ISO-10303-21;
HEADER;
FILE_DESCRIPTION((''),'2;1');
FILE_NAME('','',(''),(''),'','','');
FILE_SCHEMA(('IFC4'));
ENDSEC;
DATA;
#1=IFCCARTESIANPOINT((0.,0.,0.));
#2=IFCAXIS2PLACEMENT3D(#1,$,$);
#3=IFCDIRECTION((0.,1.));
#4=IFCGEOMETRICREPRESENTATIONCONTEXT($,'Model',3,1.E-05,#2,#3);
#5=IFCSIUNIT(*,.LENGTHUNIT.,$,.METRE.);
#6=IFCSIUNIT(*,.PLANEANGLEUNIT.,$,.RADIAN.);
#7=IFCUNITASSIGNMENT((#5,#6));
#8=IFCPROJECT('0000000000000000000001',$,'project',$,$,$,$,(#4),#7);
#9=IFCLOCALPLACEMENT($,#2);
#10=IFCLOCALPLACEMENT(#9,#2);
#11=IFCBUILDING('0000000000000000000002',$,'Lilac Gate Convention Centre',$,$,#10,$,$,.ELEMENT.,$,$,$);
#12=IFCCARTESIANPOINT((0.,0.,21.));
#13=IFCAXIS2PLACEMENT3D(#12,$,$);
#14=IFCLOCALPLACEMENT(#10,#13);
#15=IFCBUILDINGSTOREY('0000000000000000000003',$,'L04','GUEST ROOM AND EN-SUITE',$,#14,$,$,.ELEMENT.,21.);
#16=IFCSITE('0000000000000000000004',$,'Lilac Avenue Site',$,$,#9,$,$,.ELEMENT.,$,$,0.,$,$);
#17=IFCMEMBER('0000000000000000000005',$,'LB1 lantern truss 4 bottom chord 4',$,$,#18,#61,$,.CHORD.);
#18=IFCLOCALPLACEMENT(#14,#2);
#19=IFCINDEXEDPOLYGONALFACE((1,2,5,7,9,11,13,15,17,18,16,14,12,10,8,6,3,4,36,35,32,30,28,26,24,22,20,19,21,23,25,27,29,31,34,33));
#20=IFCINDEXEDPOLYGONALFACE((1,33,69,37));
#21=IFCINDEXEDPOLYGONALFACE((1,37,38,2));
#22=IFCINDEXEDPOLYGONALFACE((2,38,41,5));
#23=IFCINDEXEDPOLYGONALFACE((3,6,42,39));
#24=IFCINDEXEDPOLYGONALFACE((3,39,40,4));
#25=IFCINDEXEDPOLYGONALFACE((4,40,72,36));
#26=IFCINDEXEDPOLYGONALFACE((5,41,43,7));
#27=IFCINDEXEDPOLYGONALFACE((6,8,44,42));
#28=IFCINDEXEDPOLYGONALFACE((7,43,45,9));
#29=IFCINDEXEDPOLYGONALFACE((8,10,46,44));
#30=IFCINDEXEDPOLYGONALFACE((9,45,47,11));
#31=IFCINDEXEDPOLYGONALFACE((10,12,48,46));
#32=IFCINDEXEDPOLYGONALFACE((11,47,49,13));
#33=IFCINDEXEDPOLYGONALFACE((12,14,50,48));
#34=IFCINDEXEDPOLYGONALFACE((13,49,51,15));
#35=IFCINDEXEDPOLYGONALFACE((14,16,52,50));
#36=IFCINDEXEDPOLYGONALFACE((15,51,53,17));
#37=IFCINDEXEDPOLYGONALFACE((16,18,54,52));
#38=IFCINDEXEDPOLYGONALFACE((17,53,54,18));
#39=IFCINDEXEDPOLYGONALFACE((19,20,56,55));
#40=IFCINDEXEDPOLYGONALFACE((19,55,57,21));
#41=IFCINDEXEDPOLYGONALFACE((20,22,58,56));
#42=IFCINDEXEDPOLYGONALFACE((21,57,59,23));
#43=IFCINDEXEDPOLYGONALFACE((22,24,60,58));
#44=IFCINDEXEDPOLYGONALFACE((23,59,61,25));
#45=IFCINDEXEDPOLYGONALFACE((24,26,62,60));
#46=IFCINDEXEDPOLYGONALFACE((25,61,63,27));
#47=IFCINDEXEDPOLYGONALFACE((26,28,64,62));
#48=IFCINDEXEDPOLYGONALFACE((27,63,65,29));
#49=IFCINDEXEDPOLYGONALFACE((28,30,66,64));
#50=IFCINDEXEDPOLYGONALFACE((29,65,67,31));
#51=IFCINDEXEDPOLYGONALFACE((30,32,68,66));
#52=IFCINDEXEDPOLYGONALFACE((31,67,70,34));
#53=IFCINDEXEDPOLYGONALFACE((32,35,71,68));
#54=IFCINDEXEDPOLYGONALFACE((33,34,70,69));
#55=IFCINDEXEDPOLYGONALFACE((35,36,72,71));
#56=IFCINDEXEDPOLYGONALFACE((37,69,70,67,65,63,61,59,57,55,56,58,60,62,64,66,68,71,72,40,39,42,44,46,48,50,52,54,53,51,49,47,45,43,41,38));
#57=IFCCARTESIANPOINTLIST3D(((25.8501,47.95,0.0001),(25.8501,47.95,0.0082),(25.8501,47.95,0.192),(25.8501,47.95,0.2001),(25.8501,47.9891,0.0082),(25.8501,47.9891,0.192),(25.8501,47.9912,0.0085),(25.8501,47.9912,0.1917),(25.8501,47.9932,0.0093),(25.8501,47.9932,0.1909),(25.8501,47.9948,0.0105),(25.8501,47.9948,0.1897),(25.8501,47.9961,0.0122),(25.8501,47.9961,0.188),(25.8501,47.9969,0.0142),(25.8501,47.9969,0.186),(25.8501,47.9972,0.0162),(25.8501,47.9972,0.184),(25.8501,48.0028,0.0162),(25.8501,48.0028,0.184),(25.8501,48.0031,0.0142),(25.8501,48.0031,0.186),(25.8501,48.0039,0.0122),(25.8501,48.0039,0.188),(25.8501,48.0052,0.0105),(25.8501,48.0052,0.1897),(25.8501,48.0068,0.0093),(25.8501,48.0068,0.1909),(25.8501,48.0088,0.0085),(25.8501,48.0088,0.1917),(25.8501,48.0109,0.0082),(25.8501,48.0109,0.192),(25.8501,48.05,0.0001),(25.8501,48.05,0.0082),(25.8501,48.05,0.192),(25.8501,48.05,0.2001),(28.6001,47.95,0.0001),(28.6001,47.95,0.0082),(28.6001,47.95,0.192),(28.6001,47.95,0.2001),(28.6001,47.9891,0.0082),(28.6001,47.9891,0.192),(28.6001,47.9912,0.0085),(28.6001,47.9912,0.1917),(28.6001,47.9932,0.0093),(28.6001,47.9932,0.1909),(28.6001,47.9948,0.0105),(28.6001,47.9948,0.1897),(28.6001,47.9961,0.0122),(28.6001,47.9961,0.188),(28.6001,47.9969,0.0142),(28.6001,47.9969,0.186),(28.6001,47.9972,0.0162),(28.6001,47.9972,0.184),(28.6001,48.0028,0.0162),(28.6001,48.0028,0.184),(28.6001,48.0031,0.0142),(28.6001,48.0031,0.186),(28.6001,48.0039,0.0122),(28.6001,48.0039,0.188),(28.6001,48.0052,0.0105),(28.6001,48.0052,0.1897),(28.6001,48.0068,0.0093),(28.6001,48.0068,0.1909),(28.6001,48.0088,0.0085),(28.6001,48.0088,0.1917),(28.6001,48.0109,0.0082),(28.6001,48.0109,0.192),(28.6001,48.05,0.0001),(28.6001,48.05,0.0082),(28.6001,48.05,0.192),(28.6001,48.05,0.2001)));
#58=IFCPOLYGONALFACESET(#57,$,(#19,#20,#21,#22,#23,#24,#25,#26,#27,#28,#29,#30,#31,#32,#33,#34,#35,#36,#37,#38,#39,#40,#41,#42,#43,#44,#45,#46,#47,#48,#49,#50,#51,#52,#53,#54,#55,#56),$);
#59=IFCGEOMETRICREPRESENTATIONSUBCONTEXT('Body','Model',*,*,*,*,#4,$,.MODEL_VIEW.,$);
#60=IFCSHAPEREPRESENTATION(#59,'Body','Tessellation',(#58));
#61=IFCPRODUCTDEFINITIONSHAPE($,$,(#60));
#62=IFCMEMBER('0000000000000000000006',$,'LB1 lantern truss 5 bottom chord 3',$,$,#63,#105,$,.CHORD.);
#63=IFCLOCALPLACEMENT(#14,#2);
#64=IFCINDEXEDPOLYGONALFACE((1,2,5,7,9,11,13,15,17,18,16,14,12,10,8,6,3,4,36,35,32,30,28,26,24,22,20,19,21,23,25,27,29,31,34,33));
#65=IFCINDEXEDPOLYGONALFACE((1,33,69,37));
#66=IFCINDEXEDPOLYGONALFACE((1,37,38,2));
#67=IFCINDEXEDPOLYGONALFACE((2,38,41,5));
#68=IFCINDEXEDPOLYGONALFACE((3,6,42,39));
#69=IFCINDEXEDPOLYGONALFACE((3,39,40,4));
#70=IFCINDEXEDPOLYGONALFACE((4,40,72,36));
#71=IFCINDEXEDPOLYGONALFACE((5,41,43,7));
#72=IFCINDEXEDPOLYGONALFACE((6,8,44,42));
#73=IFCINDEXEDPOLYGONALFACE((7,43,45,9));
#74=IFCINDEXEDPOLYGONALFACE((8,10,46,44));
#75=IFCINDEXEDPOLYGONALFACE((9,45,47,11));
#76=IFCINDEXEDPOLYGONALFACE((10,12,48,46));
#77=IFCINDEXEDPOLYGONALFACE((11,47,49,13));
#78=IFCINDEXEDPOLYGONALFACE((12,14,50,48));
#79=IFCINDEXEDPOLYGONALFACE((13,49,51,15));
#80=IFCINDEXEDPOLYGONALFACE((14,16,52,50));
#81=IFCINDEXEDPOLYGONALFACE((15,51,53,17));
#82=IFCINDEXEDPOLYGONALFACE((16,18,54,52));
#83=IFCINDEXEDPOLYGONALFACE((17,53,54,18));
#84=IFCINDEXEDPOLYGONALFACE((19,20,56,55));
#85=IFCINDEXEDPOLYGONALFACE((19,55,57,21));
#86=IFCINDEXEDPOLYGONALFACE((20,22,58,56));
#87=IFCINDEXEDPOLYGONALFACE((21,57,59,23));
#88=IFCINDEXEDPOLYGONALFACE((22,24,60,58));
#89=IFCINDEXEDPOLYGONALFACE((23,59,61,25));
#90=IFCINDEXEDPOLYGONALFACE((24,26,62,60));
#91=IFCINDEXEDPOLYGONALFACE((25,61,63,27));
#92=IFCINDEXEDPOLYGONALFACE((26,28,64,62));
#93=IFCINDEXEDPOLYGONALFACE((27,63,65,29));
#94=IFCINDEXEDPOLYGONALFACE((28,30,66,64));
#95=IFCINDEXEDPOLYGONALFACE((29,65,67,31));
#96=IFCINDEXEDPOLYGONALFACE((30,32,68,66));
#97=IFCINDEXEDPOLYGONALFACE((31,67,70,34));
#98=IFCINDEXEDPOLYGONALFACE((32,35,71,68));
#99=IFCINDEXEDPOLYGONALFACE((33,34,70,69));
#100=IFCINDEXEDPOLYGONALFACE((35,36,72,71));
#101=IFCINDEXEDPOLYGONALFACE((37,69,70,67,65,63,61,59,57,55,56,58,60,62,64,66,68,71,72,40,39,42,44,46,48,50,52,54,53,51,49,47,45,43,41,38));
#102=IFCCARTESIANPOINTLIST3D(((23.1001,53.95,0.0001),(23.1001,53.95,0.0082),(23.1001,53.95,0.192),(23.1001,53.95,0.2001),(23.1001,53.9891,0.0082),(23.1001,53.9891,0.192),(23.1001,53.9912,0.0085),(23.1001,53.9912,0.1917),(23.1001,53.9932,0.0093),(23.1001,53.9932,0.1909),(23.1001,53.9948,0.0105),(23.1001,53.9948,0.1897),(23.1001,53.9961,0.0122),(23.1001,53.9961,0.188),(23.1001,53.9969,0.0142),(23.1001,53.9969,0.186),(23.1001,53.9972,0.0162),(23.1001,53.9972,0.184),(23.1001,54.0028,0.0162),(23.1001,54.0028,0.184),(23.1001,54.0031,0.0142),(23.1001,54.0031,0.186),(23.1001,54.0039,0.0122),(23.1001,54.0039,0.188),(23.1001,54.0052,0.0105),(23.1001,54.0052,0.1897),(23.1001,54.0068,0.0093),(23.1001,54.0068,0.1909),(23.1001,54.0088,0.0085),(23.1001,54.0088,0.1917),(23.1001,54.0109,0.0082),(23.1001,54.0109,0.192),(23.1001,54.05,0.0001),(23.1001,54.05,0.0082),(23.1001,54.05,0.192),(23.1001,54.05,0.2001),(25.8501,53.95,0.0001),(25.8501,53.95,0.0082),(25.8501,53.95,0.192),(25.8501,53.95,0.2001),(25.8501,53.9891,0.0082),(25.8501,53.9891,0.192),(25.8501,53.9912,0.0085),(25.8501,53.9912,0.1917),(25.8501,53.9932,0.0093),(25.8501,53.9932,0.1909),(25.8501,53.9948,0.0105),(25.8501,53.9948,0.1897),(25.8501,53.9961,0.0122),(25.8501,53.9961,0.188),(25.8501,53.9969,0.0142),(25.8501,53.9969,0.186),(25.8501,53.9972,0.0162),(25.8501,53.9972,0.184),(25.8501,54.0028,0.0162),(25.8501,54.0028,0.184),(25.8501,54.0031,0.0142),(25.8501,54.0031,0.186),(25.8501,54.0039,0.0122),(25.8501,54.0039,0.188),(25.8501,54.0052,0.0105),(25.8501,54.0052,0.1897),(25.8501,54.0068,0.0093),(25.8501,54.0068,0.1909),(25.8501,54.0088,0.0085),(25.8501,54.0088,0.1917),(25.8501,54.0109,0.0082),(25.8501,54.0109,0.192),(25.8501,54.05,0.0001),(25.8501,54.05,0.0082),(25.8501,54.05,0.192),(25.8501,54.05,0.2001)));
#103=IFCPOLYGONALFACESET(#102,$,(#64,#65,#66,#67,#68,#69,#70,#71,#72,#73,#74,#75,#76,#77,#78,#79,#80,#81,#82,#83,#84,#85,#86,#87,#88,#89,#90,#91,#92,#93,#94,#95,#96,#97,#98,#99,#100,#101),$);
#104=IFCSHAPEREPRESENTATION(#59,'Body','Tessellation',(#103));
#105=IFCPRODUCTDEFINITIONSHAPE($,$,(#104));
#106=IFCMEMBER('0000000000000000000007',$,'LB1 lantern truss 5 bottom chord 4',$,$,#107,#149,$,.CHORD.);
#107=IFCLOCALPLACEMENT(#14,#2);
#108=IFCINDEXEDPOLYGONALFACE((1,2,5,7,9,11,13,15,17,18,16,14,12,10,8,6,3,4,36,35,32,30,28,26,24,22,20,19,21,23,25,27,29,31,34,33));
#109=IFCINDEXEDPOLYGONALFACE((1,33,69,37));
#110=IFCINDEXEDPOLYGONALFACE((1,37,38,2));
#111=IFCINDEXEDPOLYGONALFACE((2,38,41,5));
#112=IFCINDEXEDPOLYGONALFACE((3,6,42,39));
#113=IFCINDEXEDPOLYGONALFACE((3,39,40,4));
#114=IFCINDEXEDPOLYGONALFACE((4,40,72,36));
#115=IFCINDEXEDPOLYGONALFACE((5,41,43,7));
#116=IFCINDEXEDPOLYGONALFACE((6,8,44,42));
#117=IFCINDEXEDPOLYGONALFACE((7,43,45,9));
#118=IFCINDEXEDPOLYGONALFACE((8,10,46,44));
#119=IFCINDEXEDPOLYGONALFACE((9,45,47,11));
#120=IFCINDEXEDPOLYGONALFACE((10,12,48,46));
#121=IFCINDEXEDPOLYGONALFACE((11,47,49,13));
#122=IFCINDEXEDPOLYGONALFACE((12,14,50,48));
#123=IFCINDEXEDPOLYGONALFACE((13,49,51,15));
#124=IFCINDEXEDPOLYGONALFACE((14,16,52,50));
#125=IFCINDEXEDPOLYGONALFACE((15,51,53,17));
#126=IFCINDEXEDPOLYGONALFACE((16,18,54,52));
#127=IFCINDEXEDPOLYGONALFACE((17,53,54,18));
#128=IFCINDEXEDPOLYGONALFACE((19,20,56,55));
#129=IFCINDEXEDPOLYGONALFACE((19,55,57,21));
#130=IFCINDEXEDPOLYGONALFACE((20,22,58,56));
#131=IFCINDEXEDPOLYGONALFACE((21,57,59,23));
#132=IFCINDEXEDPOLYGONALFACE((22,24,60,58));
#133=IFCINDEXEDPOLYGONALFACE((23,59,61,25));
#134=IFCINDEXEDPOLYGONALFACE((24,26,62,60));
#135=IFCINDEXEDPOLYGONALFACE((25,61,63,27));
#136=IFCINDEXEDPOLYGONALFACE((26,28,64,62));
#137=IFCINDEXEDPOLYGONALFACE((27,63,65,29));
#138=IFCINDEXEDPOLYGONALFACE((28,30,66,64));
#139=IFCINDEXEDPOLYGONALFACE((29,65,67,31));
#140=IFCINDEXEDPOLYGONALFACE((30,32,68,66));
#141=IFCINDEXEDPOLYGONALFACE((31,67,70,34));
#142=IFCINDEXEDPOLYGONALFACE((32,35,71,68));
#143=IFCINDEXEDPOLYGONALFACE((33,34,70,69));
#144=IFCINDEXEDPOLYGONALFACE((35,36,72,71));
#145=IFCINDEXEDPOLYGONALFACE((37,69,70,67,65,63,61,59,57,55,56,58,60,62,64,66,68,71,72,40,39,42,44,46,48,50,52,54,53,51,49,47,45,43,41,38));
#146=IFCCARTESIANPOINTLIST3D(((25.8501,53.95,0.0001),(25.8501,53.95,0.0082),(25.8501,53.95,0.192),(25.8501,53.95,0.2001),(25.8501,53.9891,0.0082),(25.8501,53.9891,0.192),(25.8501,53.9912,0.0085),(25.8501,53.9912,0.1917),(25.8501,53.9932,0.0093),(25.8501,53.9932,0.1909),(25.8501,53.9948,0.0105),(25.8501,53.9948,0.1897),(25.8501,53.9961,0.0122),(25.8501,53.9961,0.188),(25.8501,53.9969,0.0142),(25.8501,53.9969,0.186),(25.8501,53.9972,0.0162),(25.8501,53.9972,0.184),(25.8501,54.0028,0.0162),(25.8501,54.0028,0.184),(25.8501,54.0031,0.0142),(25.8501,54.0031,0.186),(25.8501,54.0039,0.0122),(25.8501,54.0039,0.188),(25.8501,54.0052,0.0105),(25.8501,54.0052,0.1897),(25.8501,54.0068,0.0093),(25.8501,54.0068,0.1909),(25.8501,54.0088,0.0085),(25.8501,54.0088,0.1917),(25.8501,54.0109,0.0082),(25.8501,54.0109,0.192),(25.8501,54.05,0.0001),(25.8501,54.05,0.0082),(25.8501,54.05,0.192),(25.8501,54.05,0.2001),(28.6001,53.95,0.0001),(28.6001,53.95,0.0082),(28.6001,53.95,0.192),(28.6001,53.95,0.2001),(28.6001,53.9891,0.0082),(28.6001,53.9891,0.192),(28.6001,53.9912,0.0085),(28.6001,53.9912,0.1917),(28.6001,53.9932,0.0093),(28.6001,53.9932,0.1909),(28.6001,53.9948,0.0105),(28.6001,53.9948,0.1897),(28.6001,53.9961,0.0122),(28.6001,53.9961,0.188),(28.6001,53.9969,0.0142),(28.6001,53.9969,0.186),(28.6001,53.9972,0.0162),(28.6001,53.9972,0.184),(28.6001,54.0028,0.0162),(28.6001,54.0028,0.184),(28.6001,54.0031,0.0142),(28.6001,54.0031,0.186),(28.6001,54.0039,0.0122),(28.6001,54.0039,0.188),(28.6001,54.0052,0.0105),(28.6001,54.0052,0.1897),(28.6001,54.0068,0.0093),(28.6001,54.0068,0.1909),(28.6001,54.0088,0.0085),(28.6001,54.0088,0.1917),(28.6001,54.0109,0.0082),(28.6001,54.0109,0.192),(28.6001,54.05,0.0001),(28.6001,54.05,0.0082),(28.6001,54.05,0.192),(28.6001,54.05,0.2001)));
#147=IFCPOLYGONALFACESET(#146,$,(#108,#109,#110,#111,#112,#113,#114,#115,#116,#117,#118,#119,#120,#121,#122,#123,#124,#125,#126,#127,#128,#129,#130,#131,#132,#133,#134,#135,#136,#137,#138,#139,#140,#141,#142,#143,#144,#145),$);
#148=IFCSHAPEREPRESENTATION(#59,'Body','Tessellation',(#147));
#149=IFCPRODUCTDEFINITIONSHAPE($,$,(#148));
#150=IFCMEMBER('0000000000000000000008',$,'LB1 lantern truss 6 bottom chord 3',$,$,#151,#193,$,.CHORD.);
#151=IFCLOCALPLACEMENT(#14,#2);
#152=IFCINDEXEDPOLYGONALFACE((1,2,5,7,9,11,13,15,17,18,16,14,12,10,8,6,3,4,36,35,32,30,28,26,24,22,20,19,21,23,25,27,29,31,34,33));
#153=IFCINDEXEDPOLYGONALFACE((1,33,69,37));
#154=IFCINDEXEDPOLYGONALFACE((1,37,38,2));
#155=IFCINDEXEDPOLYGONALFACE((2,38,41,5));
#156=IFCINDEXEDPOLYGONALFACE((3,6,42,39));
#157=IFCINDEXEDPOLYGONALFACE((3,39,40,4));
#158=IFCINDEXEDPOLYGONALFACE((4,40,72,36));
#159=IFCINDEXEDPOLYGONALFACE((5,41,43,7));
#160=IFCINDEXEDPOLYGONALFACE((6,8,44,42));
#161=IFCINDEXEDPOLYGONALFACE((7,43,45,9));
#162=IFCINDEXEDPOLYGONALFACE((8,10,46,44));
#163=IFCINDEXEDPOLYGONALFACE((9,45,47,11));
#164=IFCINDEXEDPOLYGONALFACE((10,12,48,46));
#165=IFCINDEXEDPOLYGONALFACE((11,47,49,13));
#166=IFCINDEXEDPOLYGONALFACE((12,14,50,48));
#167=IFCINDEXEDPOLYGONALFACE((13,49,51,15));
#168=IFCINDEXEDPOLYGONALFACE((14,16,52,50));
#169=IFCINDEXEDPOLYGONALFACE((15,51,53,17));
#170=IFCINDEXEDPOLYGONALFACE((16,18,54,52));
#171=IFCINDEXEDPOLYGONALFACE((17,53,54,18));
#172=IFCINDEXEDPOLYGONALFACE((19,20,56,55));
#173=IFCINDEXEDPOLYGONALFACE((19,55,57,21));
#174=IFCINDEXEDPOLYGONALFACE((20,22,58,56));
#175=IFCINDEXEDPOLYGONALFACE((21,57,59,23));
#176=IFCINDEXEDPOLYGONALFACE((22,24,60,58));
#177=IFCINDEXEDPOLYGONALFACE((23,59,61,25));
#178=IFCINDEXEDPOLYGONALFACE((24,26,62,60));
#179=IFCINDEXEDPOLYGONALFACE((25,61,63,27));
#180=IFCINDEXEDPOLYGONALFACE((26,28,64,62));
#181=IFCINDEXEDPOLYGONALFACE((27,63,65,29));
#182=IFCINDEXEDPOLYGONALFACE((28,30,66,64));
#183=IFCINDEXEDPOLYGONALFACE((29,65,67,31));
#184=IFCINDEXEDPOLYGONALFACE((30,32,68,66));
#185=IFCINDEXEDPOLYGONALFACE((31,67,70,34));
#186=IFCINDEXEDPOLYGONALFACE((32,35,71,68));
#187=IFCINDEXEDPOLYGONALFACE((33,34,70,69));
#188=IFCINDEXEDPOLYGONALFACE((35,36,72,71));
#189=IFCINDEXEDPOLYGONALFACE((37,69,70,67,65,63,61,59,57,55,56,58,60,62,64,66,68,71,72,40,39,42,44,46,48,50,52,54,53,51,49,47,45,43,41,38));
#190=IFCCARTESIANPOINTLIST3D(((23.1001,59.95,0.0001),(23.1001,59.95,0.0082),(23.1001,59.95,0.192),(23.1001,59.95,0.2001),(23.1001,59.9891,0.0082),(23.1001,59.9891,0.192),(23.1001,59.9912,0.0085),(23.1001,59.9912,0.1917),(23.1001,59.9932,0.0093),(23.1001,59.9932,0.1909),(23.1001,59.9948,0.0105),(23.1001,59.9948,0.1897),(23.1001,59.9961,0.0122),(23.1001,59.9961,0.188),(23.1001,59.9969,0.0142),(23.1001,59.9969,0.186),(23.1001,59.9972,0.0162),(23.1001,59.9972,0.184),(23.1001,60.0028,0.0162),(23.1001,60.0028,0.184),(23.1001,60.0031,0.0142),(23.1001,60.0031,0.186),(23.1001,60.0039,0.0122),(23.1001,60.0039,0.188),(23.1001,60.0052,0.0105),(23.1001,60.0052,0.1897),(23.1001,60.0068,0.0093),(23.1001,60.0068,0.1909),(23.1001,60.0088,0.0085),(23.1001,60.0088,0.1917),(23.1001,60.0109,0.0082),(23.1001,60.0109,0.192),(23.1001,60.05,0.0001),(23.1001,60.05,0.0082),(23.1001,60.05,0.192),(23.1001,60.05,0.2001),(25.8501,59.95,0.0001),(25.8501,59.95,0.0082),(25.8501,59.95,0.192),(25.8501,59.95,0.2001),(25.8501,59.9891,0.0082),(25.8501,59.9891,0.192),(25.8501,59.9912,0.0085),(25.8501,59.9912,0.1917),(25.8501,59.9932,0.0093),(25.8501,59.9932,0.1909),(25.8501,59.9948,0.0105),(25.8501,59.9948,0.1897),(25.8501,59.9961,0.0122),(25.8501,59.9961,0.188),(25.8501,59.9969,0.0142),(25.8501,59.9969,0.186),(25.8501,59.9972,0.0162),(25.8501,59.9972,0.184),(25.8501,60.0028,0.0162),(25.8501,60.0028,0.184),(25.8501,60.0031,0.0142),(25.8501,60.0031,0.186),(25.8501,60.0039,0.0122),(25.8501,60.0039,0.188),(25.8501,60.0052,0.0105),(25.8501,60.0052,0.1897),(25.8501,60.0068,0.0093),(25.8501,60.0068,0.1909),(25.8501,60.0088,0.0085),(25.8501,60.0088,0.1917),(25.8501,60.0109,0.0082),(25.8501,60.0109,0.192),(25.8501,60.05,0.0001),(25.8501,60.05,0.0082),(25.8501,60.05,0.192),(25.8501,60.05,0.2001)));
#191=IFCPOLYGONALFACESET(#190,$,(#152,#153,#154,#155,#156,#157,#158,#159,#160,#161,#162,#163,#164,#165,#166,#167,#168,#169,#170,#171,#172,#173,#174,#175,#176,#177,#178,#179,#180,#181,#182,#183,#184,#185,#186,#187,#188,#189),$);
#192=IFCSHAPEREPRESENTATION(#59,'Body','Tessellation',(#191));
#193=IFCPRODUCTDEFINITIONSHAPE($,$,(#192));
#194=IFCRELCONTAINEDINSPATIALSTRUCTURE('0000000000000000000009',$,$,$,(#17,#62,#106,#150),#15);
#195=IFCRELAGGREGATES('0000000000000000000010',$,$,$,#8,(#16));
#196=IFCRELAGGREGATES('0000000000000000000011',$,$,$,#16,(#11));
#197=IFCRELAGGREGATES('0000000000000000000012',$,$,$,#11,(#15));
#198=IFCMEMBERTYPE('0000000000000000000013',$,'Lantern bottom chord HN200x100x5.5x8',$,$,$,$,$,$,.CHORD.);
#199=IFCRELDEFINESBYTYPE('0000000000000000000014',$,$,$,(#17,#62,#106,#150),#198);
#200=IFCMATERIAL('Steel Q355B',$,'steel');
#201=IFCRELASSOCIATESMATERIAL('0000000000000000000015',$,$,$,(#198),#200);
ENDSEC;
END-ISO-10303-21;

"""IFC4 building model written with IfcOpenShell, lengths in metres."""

from ifc_helpers import new_model, si_unit, direction, frame, origin, origin_2d, place, context, subcontext, project, spatial, i_section, extrude, material, material_profile, profile_set, type_object, element, save


model = new_model("IFC4")

# Units and contexts
model_context = context("Model", 3, precision=1e-05, world=origin(), true_north=direction((0.0, 1.0)))
body_context = subcontext(model_context, "Body", "Model", "MODEL_VIEW")
ifc_project = project(units=[si_unit("LENGTHUNIT", "METRE"), si_unit("PLANEANGLEUNIT", "RADIAN")], contexts=[model_context])

# Site, building, storey
site_placement = place(None, origin())
site = spatial("IfcSite", under=ifc_project, at=site_placement, Name="Lilac Avenue Site", CompositionType="ELEMENT", RefElevation=0.0)
building_placement = place(site_placement, origin())
building = spatial("IfcBuilding", under=site, at=building_placement, Name="Lilac Gate Convention Centre", CompositionType="ELEMENT")
storey_placement = place(building_placement, frame((0.0, 0.0, 21.0)))
storey = spatial("IfcBuildingStorey", under=building, at=storey_placement, Name="L04", Description="GUEST ROOM AND EN-SUITE", CompositionType="ELEMENT", Elevation=21.0)

# Members
ifc_material_1 = material(Name="Steel Q355B", Category="steel")
ifc_material_profile_1 = material_profile(ifc_material_1, i_section(OverallWidth=0.1001, OverallDepth=0.2, WebThickness=0.0056, FlangeThickness=0.0081, FilletRadius=0.0081, at=origin_2d()), Name="HN200x100x5.5x8")
ifc_profile_set_1 = profile_set([ifc_material_profile_1], Name="Steel Q355B")
member_type_1 = type_object("IfcMemberType", Name="Lantern bottom chord HN200x100x5.5x8", PredefinedType="CHORD", material=ifc_profile_set_1)
for number, where, z_axis, x_axis, name in (
    (1, (25.8501, 48.0, 0.1001), (1.0, 0.0, 0.0), (0.0, 1.0, 0.0), "LB1 lantern truss 4 bottom chord 4"),
    (2, (23.1001, 54.0, 0.1001), (1.0, 0.0, 0.0), (0.0, 1.0, 0.0), "LB1 lantern truss 5 bottom chord 3"),
    (3, (25.8501, 54.0, 0.1001), (1.0, 0.0, 0.0), (0.0, 1.0, 0.0), "LB1 lantern truss 5 bottom chord 4"),
    (4, (23.1001, 60.0, 0.1001), (1.0, 0.0, 0.0), (0.0, 1.0, 0.0), "LB1 lantern truss 6 bottom chord 3"),
):
    element("IfcMember", number, at=place(storey_placement, frame(where, z_axis=z_axis, x_axis=x_axis)), inside=storey, type_object=member_type_1, Name=name, PredefinedType="CHORD", context=body_context, shape_type="SweptSolid", body=[
        extrude(i_section(OverallWidth=0.1001, OverallDepth=0.2, WebThickness=0.0056, FlangeThickness=0.0081, FilletRadius=0.0081, at=origin_2d()), origin(), (0.0, 0.0, 1.0), 2.75),
    ])

save(model, "model.ifc")
